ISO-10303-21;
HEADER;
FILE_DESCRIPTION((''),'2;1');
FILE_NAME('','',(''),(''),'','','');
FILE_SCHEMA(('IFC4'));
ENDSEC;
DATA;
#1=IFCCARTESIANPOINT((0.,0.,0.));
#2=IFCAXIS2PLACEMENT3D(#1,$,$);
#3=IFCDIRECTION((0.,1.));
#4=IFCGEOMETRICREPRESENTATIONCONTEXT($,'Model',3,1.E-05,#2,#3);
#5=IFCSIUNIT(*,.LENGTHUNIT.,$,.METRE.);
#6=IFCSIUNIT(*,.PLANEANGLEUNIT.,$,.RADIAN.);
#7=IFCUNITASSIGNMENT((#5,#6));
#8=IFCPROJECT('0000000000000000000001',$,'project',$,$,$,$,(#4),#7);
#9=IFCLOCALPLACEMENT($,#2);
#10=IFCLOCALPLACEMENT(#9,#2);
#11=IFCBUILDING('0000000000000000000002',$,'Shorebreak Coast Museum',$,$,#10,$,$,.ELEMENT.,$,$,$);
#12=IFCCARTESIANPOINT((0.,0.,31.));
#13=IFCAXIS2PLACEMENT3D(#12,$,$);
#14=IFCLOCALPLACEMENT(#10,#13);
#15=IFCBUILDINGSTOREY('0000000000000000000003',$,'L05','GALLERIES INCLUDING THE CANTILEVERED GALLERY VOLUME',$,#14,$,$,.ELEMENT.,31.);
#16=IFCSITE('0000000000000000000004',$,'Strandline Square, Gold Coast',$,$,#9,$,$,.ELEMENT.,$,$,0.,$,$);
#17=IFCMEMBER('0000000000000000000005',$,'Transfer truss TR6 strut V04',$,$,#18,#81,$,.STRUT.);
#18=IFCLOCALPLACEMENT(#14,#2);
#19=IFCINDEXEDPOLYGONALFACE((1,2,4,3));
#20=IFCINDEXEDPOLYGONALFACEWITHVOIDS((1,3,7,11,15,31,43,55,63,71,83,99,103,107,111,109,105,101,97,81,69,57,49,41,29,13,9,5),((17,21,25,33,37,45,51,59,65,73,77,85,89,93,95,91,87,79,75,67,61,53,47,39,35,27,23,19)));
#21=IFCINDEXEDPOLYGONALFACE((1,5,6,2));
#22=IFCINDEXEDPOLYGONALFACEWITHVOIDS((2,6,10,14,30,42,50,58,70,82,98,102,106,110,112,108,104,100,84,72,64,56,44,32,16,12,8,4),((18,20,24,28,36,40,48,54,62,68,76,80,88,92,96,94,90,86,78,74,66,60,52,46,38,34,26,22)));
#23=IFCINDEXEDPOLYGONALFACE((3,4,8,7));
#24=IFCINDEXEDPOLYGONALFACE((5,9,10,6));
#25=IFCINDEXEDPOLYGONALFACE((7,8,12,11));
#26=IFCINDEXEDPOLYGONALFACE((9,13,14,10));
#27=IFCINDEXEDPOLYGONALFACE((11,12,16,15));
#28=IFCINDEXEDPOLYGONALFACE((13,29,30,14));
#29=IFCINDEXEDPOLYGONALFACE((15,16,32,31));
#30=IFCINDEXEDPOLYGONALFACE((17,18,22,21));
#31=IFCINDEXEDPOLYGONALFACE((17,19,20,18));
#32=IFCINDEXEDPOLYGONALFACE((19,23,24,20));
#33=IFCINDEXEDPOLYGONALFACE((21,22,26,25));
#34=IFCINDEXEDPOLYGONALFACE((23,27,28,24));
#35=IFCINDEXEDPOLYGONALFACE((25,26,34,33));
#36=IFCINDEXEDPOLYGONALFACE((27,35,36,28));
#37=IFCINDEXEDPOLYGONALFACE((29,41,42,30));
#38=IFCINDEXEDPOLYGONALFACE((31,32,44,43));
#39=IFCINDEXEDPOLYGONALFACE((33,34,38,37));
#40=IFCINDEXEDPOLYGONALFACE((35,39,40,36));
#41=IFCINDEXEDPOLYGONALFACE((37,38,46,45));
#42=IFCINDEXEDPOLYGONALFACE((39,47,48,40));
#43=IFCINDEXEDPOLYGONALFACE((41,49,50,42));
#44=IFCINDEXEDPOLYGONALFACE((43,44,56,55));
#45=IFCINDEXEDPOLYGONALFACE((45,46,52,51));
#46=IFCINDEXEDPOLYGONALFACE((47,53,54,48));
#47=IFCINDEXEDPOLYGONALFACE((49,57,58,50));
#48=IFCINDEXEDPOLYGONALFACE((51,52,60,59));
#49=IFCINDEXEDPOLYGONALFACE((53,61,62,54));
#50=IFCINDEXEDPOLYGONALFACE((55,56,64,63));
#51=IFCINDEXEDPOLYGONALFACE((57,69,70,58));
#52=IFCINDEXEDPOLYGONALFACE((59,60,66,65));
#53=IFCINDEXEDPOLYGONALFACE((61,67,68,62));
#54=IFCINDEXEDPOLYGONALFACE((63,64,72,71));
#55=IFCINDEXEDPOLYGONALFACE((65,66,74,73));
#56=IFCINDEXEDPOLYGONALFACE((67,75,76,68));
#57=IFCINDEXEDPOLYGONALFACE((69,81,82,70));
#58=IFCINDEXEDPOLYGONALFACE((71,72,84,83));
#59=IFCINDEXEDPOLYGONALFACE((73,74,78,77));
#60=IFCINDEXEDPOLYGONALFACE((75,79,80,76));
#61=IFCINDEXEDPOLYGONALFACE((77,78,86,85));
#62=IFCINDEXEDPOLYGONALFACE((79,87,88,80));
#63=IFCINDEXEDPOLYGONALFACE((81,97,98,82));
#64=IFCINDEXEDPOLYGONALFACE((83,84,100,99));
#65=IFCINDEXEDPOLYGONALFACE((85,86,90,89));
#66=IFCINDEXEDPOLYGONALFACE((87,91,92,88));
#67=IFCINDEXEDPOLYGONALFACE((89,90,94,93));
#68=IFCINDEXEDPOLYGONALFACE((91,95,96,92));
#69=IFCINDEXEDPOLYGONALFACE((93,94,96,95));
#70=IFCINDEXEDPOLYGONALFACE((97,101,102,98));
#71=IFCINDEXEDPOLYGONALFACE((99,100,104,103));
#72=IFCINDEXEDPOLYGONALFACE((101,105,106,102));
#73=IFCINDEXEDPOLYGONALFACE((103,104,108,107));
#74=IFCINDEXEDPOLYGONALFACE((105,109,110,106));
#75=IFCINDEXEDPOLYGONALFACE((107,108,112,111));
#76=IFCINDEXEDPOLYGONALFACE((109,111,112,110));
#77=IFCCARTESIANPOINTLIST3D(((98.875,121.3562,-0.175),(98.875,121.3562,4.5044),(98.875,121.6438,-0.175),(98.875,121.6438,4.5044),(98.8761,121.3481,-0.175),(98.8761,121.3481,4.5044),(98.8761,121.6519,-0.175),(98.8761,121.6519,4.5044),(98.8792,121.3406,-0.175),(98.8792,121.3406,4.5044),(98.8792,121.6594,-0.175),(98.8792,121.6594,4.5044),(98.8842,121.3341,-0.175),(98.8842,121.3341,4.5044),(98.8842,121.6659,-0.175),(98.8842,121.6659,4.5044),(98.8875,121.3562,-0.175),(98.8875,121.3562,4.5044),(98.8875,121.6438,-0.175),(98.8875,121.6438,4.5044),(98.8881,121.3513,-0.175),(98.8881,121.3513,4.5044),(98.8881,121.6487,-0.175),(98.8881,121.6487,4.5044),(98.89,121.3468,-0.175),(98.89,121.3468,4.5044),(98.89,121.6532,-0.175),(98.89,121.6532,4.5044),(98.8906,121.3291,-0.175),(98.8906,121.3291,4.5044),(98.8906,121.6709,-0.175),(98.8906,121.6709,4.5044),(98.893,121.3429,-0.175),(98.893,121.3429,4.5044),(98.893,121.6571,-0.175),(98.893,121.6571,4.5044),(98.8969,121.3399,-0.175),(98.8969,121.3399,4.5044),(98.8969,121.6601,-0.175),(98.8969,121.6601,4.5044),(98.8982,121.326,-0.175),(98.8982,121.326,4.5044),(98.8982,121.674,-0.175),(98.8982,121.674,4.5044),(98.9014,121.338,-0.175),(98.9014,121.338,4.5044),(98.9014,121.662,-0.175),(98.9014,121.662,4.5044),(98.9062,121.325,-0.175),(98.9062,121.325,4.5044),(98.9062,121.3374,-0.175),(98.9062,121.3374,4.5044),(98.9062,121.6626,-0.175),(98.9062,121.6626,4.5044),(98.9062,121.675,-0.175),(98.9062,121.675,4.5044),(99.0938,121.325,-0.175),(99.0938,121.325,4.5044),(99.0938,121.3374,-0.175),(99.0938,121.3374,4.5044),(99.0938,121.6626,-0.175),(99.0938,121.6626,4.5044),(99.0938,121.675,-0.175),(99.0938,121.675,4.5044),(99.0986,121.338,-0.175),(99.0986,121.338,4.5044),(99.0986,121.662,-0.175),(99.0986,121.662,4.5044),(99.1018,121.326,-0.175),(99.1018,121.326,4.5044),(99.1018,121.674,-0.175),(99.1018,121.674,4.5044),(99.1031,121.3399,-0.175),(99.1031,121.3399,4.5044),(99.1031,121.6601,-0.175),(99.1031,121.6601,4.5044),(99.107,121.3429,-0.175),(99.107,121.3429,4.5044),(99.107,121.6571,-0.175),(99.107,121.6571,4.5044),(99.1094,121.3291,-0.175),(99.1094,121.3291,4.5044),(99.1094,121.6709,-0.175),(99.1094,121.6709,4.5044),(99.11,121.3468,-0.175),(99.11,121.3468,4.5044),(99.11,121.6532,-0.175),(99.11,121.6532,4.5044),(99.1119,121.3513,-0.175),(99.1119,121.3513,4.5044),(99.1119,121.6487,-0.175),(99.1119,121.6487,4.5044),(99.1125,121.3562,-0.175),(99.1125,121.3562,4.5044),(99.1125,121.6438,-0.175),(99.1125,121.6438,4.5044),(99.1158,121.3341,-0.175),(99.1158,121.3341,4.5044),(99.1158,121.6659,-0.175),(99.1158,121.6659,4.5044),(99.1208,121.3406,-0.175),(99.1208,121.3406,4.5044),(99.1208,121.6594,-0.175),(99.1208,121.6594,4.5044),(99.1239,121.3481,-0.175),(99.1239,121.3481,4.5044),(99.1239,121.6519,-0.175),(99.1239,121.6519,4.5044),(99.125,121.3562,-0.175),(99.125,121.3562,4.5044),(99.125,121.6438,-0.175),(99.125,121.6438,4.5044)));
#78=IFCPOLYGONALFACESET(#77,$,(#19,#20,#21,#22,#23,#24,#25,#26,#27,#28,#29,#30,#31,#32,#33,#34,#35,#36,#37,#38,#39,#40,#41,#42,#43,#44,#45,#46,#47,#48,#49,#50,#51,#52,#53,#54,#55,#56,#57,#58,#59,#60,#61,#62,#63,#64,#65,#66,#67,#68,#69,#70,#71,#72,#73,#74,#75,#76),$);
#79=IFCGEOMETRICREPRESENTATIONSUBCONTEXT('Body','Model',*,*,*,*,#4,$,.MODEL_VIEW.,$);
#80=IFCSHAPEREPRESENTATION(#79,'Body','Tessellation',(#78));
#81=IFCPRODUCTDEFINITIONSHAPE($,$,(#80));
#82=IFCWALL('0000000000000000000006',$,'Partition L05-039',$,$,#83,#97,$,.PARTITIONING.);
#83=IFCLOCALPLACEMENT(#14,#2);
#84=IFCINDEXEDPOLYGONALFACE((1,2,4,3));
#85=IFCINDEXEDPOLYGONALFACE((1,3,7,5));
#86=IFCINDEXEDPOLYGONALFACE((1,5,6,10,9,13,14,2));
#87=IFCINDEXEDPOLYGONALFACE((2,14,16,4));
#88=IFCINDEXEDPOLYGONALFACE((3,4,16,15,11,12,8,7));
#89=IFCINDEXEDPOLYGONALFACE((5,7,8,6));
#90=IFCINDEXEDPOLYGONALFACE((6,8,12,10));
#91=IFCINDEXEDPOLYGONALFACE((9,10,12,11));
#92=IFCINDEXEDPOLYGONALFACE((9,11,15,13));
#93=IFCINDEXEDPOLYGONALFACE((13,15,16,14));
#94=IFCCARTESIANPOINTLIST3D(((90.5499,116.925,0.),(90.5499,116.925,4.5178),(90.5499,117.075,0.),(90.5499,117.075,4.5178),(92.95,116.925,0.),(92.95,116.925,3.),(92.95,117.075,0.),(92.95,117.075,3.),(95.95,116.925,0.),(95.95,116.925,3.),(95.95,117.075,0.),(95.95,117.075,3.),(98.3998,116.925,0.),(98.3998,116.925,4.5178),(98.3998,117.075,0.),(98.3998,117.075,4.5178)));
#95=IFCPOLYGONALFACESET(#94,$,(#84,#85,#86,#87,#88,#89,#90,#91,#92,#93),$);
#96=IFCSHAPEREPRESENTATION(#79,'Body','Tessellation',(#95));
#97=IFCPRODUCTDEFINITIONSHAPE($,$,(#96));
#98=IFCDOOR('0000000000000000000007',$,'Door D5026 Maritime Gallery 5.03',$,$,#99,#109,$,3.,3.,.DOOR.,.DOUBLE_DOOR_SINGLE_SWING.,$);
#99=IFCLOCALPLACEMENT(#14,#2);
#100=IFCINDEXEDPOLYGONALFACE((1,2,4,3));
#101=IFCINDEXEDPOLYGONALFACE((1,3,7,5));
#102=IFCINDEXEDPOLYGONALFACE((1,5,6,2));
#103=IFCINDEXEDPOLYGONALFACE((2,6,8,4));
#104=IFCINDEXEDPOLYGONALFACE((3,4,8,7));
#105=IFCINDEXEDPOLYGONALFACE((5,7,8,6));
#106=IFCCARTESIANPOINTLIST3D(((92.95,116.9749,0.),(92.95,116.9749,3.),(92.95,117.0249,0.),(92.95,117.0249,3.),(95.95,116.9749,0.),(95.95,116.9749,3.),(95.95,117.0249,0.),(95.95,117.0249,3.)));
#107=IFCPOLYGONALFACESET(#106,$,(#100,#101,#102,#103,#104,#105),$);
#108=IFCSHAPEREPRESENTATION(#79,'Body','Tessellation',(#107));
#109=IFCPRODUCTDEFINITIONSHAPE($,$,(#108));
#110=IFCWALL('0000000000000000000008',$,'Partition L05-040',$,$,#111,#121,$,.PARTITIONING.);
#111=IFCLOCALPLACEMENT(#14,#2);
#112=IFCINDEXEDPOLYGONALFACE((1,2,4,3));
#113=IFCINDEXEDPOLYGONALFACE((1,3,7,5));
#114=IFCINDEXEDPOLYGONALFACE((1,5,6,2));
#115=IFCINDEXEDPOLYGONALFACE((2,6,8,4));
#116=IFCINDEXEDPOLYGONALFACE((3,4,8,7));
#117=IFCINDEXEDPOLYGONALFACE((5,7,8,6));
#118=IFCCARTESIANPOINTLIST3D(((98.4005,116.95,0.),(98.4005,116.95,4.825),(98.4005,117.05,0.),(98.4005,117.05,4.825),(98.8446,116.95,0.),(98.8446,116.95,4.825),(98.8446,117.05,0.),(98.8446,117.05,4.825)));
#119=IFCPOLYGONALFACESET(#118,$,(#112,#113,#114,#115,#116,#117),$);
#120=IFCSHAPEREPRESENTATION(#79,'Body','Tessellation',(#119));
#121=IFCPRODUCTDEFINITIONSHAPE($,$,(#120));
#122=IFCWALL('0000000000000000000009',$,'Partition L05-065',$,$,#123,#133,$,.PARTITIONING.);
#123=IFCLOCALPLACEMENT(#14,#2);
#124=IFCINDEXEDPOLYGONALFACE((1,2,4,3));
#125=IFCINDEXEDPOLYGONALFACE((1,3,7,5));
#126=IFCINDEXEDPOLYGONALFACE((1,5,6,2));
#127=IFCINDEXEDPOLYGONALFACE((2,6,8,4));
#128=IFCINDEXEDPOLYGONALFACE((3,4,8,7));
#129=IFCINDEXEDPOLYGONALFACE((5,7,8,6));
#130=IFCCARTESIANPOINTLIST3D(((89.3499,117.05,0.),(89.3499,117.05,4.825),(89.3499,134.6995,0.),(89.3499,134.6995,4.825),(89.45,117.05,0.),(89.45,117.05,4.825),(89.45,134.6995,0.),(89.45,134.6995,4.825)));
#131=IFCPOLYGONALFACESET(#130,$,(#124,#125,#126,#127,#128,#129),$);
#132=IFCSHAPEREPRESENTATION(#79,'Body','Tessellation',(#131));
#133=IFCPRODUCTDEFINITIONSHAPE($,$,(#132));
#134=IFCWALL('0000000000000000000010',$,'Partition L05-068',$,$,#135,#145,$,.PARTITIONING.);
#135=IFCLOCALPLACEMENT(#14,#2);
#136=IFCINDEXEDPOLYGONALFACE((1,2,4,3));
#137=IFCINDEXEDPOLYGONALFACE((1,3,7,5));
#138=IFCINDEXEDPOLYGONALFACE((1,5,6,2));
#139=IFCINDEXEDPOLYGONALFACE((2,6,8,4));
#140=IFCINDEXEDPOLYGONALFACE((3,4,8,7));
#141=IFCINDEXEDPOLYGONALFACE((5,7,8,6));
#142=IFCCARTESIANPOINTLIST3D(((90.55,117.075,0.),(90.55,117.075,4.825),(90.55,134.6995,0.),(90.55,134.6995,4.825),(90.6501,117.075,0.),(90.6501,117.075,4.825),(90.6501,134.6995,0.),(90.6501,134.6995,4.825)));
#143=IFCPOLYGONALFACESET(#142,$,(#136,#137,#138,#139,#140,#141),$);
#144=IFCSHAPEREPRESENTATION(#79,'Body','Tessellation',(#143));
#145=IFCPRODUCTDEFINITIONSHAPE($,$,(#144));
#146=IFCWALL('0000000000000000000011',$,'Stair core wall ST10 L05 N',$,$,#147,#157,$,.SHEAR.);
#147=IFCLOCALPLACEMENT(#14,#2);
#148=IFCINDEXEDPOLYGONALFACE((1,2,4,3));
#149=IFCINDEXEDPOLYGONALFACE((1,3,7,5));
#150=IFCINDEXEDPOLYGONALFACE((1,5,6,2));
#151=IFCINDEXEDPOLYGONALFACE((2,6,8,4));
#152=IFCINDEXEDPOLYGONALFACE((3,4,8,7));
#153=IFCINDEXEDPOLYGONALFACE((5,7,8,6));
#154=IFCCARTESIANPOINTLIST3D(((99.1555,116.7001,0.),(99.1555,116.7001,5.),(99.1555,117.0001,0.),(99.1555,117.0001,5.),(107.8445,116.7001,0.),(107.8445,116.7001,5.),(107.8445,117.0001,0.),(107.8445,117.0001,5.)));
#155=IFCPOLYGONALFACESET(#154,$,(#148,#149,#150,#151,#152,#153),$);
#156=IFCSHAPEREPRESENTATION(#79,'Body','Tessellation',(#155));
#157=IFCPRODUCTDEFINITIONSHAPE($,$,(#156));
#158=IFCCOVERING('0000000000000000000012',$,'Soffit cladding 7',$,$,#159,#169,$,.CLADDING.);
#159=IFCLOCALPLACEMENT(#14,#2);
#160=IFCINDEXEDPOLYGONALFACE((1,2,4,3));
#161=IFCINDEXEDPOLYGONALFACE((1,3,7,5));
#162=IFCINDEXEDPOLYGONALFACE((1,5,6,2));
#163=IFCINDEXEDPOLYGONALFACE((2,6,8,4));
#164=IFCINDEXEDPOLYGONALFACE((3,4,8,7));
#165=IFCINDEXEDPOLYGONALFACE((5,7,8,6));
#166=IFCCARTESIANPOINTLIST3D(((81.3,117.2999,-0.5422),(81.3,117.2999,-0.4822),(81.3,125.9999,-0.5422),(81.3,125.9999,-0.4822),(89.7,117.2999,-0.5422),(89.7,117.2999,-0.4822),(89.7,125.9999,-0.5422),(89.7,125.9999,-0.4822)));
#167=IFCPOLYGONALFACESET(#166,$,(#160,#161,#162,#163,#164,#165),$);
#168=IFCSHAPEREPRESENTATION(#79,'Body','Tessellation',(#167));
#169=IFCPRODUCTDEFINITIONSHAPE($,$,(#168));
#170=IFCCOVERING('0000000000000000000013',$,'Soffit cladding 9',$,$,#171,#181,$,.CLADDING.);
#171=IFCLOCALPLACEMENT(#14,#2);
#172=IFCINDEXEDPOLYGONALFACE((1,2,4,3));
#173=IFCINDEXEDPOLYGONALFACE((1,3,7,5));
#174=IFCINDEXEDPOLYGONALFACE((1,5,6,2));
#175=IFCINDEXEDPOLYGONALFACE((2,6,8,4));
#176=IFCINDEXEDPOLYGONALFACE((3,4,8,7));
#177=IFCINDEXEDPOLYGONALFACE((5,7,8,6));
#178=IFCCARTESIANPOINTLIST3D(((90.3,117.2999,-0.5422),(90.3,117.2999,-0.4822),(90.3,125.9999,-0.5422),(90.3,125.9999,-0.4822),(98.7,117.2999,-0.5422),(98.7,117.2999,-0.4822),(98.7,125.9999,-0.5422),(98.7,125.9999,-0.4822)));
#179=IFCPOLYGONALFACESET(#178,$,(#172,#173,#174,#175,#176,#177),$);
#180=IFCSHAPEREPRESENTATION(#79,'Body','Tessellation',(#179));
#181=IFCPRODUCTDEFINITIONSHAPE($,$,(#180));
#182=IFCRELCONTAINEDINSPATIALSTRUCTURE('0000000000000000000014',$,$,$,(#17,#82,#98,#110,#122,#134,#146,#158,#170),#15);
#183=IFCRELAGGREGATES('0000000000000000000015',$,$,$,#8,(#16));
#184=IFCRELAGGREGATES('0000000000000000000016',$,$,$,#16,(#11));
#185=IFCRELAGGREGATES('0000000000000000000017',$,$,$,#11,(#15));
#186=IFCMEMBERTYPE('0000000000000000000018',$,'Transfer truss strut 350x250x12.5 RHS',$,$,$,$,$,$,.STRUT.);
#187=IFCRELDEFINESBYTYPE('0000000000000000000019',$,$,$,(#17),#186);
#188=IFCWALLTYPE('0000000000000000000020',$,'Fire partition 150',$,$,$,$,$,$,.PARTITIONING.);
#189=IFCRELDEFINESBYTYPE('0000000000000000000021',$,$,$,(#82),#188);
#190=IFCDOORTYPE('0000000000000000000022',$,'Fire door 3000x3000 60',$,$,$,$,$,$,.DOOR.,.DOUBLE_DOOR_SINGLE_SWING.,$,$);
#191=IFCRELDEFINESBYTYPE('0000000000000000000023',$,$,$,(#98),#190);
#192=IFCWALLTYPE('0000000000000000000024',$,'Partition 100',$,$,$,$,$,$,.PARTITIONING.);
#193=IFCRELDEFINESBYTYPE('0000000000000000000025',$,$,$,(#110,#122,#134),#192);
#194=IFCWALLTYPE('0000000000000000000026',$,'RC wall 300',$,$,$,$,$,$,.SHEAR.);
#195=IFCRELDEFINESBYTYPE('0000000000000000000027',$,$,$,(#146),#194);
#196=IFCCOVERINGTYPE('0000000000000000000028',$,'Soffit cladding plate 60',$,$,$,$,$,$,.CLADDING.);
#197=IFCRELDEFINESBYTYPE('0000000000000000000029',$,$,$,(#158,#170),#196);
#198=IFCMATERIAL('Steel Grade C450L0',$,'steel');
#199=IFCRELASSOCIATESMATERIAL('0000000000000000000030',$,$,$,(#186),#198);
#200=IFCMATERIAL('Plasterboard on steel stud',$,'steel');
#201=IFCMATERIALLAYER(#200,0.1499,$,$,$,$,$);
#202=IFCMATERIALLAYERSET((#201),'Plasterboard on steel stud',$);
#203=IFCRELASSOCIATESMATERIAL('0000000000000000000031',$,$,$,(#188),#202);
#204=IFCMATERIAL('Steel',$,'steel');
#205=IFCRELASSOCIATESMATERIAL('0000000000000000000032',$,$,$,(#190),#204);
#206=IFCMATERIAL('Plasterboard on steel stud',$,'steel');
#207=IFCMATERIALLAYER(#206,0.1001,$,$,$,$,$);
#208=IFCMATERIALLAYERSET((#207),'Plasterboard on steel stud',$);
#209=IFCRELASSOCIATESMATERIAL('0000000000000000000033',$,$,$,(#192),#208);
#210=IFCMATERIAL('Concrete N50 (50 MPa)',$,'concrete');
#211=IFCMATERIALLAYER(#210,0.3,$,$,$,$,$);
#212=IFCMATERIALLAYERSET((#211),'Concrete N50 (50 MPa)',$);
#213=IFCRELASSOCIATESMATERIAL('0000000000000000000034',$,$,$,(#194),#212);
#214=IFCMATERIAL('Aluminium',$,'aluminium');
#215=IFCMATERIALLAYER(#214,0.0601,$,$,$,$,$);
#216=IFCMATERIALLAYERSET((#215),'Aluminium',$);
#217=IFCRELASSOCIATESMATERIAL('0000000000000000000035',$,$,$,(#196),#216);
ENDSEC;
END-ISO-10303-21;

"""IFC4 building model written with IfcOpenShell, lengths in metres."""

from ifc_helpers import new_model, si_unit, direction, frame, frame_2d, origin, origin_2d, place, context, subcontext, project, spatial, rectangle, hollow_rectangle, extrude, material, layer, layer_set, material_profile, profile_set, type_object, element, fill, save


model = new_model("IFC4")

# Units and contexts
model_context = context("Model", 3, precision=1e-05, world=origin(), true_north=direction((0.0, 1.0)))
body_context = subcontext(model_context, "Body", "Model", "MODEL_VIEW")
ifc_project = project(units=[si_unit("LENGTHUNIT", "METRE"), si_unit("PLANEANGLEUNIT", "RADIAN")], contexts=[model_context])

# Site, building, storey
site_placement = place(None, origin())
site = spatial("IfcSite", under=ifc_project, at=site_placement, Name="Strandline Square, Gold Coast", CompositionType="ELEMENT", RefElevation=0.0)
building_placement = place(site_placement, origin())
building = spatial("IfcBuilding", under=site, at=building_placement, Name="Shorebreak Coast Museum", CompositionType="ELEMENT")
storey_placement = place(building_placement, frame((0.0, 0.0, 31.0)))
storey = spatial("IfcBuildingStorey", under=building, at=storey_placement, Name="L05", Description="GALLERIES INCLUDING THE CANTILEVERED GALLERY VOLUME", CompositionType="ELEMENT", Elevation=31.0)

# Member
ifc_material_1 = material(Name="Steel Grade C450L0", Category="steel")
ifc_material_profile_1 = material_profile(ifc_material_1, hollow_rectangle(XDim=0.25, YDim=0.3501, WallThickness=0.0125, InnerFilletRadius=0.0188, OuterFilletRadius=0.0312, at=origin_2d()), Name="350x250x12.5 RHS")
ifc_profile_set_1 = profile_set([ifc_material_profile_1], Name="Steel Grade C450L0")
member_type_1 = type_object("IfcMemberType", Name="Transfer truss strut 350x250x12.5 RHS", PredefinedType="STRUT", material=ifc_profile_set_1)
for number, where, z_axis, x_axis, name in (
    (1, (99.0, 121.5, -0.175), (0.0, 0.0, 1.0), (1.0, 0.0, 0.0), "Transfer truss TR6 strut V04"),
):
    element("IfcMember", number, at=place(storey_placement, frame(where, z_axis=z_axis, x_axis=x_axis)), inside=storey, type_object=member_type_1, Name=name, PredefinedType="STRUT", context=body_context, shape_type="SweptSolid", body=[
        extrude(hollow_rectangle(XDim=0.25, YDim=0.3501, WallThickness=0.0125, InnerFilletRadius=0.0188, OuterFilletRadius=0.0312, at=origin_2d()), origin(), (0.0, 0.0, 1.0), 4.6794),
    ])

# Wall, opening, door
ifc_material_2 = material(Name="Plasterboard on steel stud", Category="steel")
ifc_layer_1 = layer(ifc_material_2, 0.1499)
ifc_layer_set_1 = layer_set([ifc_layer_1], Name="Plasterboard on steel stud")
wall_type_1 = type_object("IfcWallType", Name="Fire partition 150", PredefinedType="PARTITIONING", material=ifc_layer_set_1)
wall_1_placement = place(storey_placement, frame((90.55, 117.0, 0.0), z_axis=(0.0, 0.0, 1.0), x_axis=(1.0, 0.0, 0.0)))
wall_1 = element("IfcWall", 2, at=wall_1_placement, inside=storey, type_object=wall_type_1, Name="Partition L05-039", PredefinedType="PARTITIONING", context=body_context, shape_type="SweptSolid", body=[
    extrude(rectangle(XDim=7.8499, YDim=0.1499, at=frame_2d((3.9248, 0.0))), origin(), (0.0, 0.0, 1.0), 4.5178),
])
opening_placement = place(wall_1_placement, frame((2.3999, 0.0, 0.0)))
opening = element("IfcOpeningElement", 3, at=opening_placement, cuts=wall_1, PredefinedType="OPENING", context=body_context, shape_type="SweptSolid", body=[
    extrude(rectangle(XDim=3.0, YDim=3.0, at=frame_2d((1.5, 1.5))), frame((0.0, 0.085, 0.0), z_axis=(0.0, -1.0, 0.0), x_axis=(1.0, 0.0, 0.0)), (0.0, 0.0, 1.0), 0.1699),
])
ifc_material_3 = material(Name="Steel", Category="steel")
door_type = type_object("IfcDoorType", Name="Fire door 3000x3000 60", OperationType="DOUBLE_DOOR_SINGLE_SWING", PredefinedType="DOOR", material=ifc_material_3)
door_placement = place(opening_placement, origin())
door = element("IfcDoor", 4, at=door_placement, inside=storey, type_object=door_type, Name="Door D5026 Maritime Gallery 5.03", OperationType="DOUBLE_DOOR_SINGLE_SWING", OverallHeight=3.0, OverallWidth=3.0, PredefinedType="DOOR", context=body_context, shape_type="SweptSolid", body=[
    extrude(rectangle(XDim=3.0, YDim=3.0, at=frame_2d((1.5, 1.5))), frame((0.0, 0.0249, 0.0), z_axis=(0.0, -1.0, 0.0), x_axis=(1.0, 0.0, 0.0)), (0.0, 0.0, 1.0), 0.05),
])
fill(opening, door)

# Walls
ifc_material_4 = material(Name="Plasterboard on steel stud", Category="steel")
ifc_layer_2 = layer(ifc_material_4, 0.1001)
ifc_layer_set_2 = layer_set([ifc_layer_2], Name="Plasterboard on steel stud")
wall_type_2 = type_object("IfcWallType", Name="Partition 100", PredefinedType="PARTITIONING", material=ifc_layer_set_2)
wall_2_placement = place(storey_placement, frame((98.4004, 117.0, 0.0), z_axis=(0.0, 0.0, 1.0), x_axis=(1.0, 0.0, 0.0)))
element("IfcWall", 5, at=wall_2_placement, inside=storey, type_object=wall_type_2, Name="Partition L05-040", PredefinedType="PARTITIONING", context=body_context, shape_type="SweptSolid", body=[
    extrude(rectangle(XDim=0.4441, YDim=0.1001, at=frame_2d((0.2222, 0.0))), origin(), (0.0, 0.0, 1.0), 4.825),
])
wall_3_placement = place(storey_placement, frame((89.3999, 117.05, 0.0), z_axis=(0.0, 0.0, 1.0), x_axis=(0.0, 1.0, 0.0)))
element("IfcWall", 6, at=wall_3_placement, inside=storey, type_object=wall_type_2, Name="Partition L05-065", PredefinedType="PARTITIONING", context=body_context, shape_type="SweptSolid", body=[
    extrude(rectangle(XDim=17.6494, YDim=0.1001, at=frame_2d((8.8247, 0.0))), origin(), (0.0, 0.0, 1.0), 4.825),
])
wall_4_placement = place(storey_placement, frame((90.6001, 117.075, 0.0), z_axis=(0.0, 0.0, 1.0), x_axis=(0.0, 1.0, 0.0)))
element("IfcWall", 7, at=wall_4_placement, inside=storey, type_object=wall_type_2, Name="Partition L05-068", PredefinedType="PARTITIONING", context=body_context, shape_type="SweptSolid", body=[
    extrude(rectangle(XDim=17.6245, YDim=0.1001, at=frame_2d((8.8123, 0.0))), origin(), (0.0, 0.0, 1.0), 4.825),
])
ifc_material_5 = material(Name="Concrete N50 (50 MPa)", Category="concrete")
ifc_layer_3 = layer(ifc_material_5, 0.3)
ifc_layer_set_3 = layer_set([ifc_layer_3], Name="Concrete N50 (50 MPa)")
wall_type_3 = type_object("IfcWallType", Name="RC wall 300", PredefinedType="SHEAR", material=ifc_layer_set_3)
wall_5_placement = place(storey_placement, frame((99.1555, 116.8501, 0.0), z_axis=(0.0, 0.0, 1.0), x_axis=(1.0, 0.0, 0.0)))
element("IfcWall", 8, at=wall_5_placement, inside=storey, type_object=wall_type_3, Name="Stair core wall ST10 L05 N", PredefinedType="SHEAR", context=body_context, shape_type="SweptSolid", body=[
    extrude(rectangle(XDim=8.689, YDim=0.3, at=frame_2d((4.3445, 0.0))), origin(), (0.0, 0.0, 1.0), 5.0),
])

# Coverings
ifc_material_6 = material(Name="Aluminium", Category="aluminium")
ifc_layer_4 = layer(ifc_material_6, 0.0601)
ifc_layer_set_4 = layer_set([ifc_layer_4], Name="Aluminium")
covering_type = type_object("IfcCoveringType", Name="Soffit cladding plate 60", PredefinedType="CLADDING", material=ifc_layer_set_4)
for number, where, z_axis, x_axis, name in (
    (9, (85.5, 121.6499, -0.5422), (0.0, 0.0, 1.0), (1.0, 0.0, 0.0), "Soffit cladding 7"),
    (10, (94.5, 121.6499, -0.5422), (0.0, 0.0, 1.0), (1.0, 0.0, 0.0), "Soffit cladding 9"),
):
    element("IfcCovering", number, at=place(storey_placement, frame(where, z_axis=z_axis, x_axis=x_axis)), inside=storey, type_object=covering_type, Name=name, PredefinedType="CLADDING", context=body_context, shape_type="SweptSolid", body=[
        extrude(rectangle(XDim=8.3999, YDim=8.7, at=origin_2d()), origin(), (0.0, 0.0, 1.0), 0.0601),
    ])

save(model, "model.ifc")
